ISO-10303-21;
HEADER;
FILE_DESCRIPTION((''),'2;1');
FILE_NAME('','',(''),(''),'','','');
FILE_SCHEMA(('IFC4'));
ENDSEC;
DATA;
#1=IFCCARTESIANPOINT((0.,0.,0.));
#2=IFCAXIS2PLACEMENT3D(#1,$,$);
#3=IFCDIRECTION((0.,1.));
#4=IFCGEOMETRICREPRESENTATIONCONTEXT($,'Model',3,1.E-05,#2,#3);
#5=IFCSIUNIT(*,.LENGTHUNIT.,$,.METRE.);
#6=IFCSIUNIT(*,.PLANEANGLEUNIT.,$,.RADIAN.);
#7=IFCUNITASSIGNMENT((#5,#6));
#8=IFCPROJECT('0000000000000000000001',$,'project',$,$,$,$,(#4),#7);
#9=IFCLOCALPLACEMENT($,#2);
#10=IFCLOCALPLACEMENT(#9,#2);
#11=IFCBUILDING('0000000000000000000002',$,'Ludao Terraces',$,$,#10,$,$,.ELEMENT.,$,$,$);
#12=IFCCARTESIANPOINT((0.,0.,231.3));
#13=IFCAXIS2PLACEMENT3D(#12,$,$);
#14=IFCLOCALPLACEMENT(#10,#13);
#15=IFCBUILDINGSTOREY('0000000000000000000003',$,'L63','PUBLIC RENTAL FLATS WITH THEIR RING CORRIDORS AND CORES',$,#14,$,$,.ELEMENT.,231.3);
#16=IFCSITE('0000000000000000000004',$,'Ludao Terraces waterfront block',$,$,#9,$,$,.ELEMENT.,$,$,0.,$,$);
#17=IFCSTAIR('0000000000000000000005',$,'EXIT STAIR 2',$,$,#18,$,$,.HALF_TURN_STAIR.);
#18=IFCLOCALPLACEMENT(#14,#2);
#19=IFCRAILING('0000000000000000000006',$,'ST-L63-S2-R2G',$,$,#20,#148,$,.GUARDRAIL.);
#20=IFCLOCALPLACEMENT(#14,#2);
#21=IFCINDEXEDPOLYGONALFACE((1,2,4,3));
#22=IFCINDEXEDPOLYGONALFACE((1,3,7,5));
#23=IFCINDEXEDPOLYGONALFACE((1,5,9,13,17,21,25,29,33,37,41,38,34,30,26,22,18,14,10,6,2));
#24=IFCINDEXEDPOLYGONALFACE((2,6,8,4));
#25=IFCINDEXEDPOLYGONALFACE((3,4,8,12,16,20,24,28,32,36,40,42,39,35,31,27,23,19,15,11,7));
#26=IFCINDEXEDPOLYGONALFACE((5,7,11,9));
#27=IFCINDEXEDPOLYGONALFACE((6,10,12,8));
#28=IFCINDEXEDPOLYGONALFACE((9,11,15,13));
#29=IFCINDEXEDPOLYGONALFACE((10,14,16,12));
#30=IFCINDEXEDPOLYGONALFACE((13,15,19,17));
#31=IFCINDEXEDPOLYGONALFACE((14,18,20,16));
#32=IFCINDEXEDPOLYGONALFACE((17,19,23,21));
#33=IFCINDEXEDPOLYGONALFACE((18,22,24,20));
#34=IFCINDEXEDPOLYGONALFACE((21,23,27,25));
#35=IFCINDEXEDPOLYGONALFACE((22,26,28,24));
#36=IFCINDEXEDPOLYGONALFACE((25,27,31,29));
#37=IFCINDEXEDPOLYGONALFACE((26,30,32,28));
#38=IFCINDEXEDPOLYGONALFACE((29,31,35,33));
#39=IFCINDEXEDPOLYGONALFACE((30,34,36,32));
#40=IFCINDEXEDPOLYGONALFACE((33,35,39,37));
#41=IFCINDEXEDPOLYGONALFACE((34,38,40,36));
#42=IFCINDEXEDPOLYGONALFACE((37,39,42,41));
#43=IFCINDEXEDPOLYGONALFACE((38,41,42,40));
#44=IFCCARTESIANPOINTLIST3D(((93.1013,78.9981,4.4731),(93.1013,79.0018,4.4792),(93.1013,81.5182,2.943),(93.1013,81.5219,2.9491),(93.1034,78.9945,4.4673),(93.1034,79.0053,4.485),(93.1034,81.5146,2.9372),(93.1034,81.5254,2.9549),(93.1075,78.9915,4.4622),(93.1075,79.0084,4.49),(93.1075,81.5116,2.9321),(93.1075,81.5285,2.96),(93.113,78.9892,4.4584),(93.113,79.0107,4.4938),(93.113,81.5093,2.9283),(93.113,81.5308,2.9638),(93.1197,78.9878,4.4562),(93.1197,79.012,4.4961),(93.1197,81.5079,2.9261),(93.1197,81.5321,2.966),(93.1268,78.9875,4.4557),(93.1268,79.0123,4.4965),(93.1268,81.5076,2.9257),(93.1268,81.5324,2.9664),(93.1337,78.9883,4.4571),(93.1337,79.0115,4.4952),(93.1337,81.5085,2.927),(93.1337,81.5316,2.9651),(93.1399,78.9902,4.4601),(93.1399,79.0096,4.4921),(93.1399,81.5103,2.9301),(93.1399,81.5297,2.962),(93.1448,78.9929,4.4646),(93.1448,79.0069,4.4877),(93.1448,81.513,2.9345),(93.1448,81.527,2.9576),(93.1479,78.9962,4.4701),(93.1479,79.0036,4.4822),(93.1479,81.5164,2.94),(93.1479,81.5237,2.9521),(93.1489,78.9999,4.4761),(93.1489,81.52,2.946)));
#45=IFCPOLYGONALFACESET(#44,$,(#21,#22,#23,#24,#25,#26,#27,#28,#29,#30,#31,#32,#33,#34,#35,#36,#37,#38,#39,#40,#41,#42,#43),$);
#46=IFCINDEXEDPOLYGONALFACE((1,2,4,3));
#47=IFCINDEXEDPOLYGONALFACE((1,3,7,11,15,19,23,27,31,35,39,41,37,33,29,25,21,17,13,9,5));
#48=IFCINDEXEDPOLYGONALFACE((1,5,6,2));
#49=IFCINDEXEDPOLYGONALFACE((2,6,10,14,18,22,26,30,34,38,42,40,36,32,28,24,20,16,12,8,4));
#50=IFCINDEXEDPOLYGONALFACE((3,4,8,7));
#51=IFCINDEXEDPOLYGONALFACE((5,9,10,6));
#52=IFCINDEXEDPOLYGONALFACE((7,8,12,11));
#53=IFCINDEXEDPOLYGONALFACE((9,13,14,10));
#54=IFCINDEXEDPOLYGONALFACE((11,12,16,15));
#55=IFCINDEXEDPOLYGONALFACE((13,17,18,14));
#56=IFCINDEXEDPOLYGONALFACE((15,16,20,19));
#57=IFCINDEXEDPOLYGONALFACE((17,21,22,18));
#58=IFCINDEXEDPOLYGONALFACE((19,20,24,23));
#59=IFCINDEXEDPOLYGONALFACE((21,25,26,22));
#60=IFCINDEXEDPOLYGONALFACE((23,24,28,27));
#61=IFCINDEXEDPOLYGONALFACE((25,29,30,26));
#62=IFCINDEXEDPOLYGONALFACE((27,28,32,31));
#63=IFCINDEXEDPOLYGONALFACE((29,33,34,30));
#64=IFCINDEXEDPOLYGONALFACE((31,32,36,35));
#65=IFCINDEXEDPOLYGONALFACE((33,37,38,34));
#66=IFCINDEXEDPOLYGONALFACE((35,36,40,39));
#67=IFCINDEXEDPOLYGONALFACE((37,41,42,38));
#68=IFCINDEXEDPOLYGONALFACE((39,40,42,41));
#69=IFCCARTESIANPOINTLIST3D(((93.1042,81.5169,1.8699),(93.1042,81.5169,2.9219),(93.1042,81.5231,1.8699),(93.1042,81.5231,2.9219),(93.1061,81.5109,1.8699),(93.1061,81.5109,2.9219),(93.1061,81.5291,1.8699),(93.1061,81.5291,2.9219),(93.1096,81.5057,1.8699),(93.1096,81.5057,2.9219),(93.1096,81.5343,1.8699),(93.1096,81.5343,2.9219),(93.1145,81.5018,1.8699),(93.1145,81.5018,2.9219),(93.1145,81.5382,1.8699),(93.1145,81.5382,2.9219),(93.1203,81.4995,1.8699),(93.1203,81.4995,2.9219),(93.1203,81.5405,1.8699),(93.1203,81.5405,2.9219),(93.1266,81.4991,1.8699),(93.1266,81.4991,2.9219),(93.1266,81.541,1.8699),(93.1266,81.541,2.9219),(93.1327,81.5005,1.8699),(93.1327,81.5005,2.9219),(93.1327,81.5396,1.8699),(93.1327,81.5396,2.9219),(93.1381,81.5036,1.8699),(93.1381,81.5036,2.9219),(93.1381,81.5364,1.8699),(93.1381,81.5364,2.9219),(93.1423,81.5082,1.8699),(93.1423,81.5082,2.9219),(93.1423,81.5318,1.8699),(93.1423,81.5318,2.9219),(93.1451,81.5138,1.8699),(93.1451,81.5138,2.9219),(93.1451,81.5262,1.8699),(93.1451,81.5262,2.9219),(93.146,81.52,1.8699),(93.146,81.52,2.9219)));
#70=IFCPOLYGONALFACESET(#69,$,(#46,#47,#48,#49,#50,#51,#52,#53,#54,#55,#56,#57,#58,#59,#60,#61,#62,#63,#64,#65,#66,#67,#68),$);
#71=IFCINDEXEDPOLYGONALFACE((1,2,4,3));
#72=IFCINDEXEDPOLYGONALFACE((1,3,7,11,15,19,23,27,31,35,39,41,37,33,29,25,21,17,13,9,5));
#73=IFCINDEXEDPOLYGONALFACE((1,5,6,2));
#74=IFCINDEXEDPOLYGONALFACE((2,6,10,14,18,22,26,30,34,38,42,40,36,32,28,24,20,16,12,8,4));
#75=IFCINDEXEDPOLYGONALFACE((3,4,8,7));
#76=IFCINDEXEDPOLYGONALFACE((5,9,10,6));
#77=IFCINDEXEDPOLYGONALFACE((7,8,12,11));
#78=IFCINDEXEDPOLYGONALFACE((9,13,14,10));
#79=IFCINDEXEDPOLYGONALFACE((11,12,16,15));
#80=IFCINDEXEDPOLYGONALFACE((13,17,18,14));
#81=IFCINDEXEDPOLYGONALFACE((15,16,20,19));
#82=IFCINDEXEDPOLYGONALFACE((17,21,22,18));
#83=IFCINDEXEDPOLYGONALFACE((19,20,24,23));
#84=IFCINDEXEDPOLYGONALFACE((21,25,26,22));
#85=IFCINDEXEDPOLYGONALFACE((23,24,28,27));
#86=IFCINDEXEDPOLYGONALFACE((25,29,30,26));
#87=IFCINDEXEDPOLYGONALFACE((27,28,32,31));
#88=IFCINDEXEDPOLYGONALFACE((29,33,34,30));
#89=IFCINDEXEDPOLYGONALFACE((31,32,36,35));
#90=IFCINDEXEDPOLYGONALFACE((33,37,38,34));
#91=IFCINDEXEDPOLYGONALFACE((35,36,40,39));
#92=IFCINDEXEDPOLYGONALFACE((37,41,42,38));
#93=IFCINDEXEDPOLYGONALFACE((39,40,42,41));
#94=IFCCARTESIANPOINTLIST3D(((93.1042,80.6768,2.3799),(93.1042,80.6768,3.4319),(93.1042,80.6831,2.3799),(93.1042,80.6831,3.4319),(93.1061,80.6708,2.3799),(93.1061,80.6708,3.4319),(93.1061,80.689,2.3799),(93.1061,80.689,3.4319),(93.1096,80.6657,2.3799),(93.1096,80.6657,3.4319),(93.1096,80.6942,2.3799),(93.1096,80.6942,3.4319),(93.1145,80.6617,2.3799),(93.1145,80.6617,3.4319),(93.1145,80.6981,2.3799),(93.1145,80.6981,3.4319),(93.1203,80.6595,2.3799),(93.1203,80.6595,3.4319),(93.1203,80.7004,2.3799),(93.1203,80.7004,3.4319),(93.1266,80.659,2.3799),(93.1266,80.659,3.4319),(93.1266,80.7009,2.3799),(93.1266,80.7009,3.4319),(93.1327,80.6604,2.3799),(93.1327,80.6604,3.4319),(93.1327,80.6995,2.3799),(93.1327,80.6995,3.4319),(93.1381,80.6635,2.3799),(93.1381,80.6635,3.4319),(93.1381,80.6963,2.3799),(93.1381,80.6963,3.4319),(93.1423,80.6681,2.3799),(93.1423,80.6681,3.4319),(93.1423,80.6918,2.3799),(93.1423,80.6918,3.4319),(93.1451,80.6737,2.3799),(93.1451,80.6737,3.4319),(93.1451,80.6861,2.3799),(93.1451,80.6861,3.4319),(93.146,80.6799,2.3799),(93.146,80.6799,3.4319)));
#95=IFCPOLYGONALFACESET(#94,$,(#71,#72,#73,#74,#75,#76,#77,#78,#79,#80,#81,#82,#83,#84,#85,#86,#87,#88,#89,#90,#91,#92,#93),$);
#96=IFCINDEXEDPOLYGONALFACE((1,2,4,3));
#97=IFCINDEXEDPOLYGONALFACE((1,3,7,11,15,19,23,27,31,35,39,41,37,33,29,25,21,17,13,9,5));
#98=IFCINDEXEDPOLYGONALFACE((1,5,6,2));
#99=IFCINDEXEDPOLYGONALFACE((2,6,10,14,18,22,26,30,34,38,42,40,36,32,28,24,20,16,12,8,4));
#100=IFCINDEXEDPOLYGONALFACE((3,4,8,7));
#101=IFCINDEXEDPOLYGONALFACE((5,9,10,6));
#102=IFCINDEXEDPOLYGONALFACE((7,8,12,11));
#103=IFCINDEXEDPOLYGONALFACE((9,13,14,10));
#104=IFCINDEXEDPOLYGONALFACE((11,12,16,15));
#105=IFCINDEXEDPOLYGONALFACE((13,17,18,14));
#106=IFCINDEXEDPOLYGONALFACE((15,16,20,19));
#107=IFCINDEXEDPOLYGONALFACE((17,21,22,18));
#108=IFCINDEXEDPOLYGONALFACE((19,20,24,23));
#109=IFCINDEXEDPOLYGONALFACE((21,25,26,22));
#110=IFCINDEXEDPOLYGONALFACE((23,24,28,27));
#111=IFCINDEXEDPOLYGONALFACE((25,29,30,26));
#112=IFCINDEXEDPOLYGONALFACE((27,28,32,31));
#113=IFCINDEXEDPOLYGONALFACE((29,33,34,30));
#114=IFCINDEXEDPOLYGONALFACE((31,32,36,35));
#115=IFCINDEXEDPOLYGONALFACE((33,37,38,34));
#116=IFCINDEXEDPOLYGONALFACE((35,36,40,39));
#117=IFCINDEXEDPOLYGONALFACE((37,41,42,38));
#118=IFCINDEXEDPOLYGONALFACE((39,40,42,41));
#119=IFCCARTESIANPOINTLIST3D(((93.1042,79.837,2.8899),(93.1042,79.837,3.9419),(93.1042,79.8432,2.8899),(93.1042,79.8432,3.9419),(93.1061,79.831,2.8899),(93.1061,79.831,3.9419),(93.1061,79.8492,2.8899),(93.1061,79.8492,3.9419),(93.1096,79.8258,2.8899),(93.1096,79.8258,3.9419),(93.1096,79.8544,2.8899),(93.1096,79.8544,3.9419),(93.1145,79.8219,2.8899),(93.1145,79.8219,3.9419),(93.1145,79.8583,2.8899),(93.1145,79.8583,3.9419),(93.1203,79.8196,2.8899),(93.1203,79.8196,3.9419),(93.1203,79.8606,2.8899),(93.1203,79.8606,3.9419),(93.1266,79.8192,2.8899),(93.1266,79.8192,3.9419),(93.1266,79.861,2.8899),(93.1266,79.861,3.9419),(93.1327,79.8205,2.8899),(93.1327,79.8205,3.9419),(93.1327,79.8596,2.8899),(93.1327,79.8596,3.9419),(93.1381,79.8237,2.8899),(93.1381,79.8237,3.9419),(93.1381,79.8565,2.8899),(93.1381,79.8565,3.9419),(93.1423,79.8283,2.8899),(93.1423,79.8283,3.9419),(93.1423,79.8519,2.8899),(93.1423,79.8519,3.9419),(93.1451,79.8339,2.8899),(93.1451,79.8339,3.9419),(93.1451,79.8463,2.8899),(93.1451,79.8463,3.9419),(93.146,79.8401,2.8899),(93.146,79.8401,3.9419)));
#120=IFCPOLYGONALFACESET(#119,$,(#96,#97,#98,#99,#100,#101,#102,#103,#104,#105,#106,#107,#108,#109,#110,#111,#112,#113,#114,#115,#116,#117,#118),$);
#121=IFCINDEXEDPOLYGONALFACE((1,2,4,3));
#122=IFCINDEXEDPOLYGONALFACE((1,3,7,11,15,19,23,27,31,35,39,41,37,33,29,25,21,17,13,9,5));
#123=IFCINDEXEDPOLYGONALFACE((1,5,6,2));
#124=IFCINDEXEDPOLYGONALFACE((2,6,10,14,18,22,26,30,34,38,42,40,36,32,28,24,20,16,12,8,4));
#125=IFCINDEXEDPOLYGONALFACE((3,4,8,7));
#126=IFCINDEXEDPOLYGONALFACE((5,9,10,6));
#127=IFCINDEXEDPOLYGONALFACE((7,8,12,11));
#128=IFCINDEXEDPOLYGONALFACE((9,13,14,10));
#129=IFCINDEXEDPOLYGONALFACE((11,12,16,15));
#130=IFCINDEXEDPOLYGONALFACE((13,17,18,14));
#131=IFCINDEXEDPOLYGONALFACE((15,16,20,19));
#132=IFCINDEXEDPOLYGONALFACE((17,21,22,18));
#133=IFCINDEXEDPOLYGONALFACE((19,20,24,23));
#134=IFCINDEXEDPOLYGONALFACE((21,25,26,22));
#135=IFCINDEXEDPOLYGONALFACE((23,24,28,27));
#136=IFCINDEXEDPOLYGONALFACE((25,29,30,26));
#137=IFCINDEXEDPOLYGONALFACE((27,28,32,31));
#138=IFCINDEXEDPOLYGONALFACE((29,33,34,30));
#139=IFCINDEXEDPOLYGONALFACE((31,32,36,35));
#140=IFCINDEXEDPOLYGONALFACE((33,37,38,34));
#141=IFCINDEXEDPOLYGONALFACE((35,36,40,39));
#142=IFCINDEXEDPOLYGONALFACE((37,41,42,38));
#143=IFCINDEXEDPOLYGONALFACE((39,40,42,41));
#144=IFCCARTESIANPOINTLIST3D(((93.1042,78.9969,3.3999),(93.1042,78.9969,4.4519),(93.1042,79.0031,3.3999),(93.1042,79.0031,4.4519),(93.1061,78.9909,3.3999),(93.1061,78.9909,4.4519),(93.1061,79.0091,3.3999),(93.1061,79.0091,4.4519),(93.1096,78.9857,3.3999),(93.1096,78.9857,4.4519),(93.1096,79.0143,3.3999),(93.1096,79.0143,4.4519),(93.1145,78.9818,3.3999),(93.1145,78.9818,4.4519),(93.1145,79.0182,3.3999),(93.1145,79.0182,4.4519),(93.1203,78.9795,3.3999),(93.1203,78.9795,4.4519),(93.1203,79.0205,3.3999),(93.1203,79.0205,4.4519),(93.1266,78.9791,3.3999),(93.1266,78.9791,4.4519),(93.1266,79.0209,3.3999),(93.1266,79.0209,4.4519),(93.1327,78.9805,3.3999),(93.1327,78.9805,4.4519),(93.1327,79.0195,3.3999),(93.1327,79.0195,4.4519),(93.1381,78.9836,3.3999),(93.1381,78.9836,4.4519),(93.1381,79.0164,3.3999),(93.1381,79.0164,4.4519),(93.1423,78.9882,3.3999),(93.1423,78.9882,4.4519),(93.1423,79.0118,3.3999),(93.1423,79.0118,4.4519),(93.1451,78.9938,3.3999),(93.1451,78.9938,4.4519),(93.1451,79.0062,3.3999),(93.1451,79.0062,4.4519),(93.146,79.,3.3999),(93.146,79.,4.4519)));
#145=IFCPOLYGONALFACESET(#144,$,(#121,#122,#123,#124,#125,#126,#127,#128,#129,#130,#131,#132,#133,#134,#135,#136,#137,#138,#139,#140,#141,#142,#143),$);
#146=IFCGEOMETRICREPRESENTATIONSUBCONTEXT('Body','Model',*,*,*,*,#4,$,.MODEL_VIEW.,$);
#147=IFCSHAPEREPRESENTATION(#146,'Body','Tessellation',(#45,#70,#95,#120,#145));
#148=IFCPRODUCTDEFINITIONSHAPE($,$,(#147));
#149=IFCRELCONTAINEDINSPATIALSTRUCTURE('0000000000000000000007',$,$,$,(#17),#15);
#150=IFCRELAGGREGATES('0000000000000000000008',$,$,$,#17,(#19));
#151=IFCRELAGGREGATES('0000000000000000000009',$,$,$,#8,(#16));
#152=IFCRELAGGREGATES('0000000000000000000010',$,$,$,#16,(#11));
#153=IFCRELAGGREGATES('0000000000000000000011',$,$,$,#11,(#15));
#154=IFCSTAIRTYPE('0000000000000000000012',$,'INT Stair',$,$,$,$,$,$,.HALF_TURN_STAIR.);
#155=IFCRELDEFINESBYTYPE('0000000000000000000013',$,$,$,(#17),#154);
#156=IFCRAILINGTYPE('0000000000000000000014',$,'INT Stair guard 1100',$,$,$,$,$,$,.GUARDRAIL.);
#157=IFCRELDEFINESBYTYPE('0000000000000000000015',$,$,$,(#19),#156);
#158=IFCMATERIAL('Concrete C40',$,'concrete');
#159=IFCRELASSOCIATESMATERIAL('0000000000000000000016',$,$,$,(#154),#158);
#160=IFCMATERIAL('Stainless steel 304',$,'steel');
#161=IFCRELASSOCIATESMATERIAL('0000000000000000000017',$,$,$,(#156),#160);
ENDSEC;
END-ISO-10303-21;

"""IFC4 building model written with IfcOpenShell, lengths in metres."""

from ifc_helpers import new_model, si_unit, direction, frame, origin, origin_2d, place, context, subcontext, project, spatial, circle, extrude, material, type_object, element, aggregate, save


model = new_model("IFC4")

# Units and contexts
model_context = context("Model", 3, precision=1e-05, world=origin(), true_north=direction((0.0, 1.0)))
body_context = subcontext(model_context, "Body", "Model", "MODEL_VIEW")
ifc_project = project(units=[si_unit("LENGTHUNIT", "METRE"), si_unit("PLANEANGLEUNIT", "RADIAN")], contexts=[model_context])

# Site, building, storey
site_placement = place(None, origin())
site = spatial("IfcSite", under=ifc_project, at=site_placement, Name="Ludao Terraces waterfront block", CompositionType="ELEMENT", RefElevation=0.0)
building_placement = place(site_placement, origin())
building = spatial("IfcBuilding", under=site, at=building_placement, Name="Ludao Terraces", CompositionType="ELEMENT")
storey_placement = place(building_placement, frame((0.0, 0.0, 231.3)))
storey = spatial("IfcBuildingStorey", under=building, at=storey_placement, Name="L63", Description="PUBLIC RENTAL FLATS WITH THEIR RING CORRIDORS AND CORES", CompositionType="ELEMENT", Elevation=231.3)

# Shared definitions
ifc_material_1 = material(Name="Stainless steel 304", Category="steel")

# Stair, railing
ifc_material_2 = material(Name="Concrete C40", Category="concrete")
stair_type = type_object("IfcStairType", Name="INT Stair", PredefinedType="HALF_TURN_STAIR", material=ifc_material_2)
stair_placement = place(storey_placement, origin())
stair = element("IfcStair", 1, at=stair_placement, inside=storey, type_object=stair_type, Name="EXIT STAIR 2", PredefinedType="HALF_TURN_STAIR")
railing_type_1 = type_object("IfcRailingType", Name="INT Stair guard 1100", PredefinedType="GUARDRAIL", material=ifc_material_1)
railing_1_placement = place(storey_placement, frame((93.125, 81.52, 1.8699)))
railing_1 = element("IfcRailing", 2, at=railing_1_placement, type_object=railing_type_1, Name="ST-L63-S2-R2G", PredefinedType="GUARDRAIL", context=body_context, shape_type="SweptSolid", body=[
    extrude(circle(Radius=0.0239, at=origin_2d()), frame((0.0, 0.0, 1.0762), z_axis=(0.0, -0.854785, 0.518982), x_axis=(1.0, 0.0, 0.0)), (0.0, 0.0, 1.0), 2.9482),
    extrude(circle(Radius=0.021, at=origin_2d()), origin(), (0.0, 0.0, 1.0), 1.052),
    extrude(circle(Radius=0.021, at=origin_2d()), frame((0.0, -0.8401, 0.51)), (0.0, 0.0, 1.0), 1.052),
    extrude(circle(Radius=0.021, at=origin_2d()), frame((0.0, -1.6799, 1.02)), (0.0, 0.0, 1.0), 1.052),
    extrude(circle(Radius=0.021, at=origin_2d()), frame((0.0, -2.52, 1.53)), (0.0, 0.0, 1.0), 1.052),
])
aggregate(stair, [railing_1])

save(model, "model.ifc")
